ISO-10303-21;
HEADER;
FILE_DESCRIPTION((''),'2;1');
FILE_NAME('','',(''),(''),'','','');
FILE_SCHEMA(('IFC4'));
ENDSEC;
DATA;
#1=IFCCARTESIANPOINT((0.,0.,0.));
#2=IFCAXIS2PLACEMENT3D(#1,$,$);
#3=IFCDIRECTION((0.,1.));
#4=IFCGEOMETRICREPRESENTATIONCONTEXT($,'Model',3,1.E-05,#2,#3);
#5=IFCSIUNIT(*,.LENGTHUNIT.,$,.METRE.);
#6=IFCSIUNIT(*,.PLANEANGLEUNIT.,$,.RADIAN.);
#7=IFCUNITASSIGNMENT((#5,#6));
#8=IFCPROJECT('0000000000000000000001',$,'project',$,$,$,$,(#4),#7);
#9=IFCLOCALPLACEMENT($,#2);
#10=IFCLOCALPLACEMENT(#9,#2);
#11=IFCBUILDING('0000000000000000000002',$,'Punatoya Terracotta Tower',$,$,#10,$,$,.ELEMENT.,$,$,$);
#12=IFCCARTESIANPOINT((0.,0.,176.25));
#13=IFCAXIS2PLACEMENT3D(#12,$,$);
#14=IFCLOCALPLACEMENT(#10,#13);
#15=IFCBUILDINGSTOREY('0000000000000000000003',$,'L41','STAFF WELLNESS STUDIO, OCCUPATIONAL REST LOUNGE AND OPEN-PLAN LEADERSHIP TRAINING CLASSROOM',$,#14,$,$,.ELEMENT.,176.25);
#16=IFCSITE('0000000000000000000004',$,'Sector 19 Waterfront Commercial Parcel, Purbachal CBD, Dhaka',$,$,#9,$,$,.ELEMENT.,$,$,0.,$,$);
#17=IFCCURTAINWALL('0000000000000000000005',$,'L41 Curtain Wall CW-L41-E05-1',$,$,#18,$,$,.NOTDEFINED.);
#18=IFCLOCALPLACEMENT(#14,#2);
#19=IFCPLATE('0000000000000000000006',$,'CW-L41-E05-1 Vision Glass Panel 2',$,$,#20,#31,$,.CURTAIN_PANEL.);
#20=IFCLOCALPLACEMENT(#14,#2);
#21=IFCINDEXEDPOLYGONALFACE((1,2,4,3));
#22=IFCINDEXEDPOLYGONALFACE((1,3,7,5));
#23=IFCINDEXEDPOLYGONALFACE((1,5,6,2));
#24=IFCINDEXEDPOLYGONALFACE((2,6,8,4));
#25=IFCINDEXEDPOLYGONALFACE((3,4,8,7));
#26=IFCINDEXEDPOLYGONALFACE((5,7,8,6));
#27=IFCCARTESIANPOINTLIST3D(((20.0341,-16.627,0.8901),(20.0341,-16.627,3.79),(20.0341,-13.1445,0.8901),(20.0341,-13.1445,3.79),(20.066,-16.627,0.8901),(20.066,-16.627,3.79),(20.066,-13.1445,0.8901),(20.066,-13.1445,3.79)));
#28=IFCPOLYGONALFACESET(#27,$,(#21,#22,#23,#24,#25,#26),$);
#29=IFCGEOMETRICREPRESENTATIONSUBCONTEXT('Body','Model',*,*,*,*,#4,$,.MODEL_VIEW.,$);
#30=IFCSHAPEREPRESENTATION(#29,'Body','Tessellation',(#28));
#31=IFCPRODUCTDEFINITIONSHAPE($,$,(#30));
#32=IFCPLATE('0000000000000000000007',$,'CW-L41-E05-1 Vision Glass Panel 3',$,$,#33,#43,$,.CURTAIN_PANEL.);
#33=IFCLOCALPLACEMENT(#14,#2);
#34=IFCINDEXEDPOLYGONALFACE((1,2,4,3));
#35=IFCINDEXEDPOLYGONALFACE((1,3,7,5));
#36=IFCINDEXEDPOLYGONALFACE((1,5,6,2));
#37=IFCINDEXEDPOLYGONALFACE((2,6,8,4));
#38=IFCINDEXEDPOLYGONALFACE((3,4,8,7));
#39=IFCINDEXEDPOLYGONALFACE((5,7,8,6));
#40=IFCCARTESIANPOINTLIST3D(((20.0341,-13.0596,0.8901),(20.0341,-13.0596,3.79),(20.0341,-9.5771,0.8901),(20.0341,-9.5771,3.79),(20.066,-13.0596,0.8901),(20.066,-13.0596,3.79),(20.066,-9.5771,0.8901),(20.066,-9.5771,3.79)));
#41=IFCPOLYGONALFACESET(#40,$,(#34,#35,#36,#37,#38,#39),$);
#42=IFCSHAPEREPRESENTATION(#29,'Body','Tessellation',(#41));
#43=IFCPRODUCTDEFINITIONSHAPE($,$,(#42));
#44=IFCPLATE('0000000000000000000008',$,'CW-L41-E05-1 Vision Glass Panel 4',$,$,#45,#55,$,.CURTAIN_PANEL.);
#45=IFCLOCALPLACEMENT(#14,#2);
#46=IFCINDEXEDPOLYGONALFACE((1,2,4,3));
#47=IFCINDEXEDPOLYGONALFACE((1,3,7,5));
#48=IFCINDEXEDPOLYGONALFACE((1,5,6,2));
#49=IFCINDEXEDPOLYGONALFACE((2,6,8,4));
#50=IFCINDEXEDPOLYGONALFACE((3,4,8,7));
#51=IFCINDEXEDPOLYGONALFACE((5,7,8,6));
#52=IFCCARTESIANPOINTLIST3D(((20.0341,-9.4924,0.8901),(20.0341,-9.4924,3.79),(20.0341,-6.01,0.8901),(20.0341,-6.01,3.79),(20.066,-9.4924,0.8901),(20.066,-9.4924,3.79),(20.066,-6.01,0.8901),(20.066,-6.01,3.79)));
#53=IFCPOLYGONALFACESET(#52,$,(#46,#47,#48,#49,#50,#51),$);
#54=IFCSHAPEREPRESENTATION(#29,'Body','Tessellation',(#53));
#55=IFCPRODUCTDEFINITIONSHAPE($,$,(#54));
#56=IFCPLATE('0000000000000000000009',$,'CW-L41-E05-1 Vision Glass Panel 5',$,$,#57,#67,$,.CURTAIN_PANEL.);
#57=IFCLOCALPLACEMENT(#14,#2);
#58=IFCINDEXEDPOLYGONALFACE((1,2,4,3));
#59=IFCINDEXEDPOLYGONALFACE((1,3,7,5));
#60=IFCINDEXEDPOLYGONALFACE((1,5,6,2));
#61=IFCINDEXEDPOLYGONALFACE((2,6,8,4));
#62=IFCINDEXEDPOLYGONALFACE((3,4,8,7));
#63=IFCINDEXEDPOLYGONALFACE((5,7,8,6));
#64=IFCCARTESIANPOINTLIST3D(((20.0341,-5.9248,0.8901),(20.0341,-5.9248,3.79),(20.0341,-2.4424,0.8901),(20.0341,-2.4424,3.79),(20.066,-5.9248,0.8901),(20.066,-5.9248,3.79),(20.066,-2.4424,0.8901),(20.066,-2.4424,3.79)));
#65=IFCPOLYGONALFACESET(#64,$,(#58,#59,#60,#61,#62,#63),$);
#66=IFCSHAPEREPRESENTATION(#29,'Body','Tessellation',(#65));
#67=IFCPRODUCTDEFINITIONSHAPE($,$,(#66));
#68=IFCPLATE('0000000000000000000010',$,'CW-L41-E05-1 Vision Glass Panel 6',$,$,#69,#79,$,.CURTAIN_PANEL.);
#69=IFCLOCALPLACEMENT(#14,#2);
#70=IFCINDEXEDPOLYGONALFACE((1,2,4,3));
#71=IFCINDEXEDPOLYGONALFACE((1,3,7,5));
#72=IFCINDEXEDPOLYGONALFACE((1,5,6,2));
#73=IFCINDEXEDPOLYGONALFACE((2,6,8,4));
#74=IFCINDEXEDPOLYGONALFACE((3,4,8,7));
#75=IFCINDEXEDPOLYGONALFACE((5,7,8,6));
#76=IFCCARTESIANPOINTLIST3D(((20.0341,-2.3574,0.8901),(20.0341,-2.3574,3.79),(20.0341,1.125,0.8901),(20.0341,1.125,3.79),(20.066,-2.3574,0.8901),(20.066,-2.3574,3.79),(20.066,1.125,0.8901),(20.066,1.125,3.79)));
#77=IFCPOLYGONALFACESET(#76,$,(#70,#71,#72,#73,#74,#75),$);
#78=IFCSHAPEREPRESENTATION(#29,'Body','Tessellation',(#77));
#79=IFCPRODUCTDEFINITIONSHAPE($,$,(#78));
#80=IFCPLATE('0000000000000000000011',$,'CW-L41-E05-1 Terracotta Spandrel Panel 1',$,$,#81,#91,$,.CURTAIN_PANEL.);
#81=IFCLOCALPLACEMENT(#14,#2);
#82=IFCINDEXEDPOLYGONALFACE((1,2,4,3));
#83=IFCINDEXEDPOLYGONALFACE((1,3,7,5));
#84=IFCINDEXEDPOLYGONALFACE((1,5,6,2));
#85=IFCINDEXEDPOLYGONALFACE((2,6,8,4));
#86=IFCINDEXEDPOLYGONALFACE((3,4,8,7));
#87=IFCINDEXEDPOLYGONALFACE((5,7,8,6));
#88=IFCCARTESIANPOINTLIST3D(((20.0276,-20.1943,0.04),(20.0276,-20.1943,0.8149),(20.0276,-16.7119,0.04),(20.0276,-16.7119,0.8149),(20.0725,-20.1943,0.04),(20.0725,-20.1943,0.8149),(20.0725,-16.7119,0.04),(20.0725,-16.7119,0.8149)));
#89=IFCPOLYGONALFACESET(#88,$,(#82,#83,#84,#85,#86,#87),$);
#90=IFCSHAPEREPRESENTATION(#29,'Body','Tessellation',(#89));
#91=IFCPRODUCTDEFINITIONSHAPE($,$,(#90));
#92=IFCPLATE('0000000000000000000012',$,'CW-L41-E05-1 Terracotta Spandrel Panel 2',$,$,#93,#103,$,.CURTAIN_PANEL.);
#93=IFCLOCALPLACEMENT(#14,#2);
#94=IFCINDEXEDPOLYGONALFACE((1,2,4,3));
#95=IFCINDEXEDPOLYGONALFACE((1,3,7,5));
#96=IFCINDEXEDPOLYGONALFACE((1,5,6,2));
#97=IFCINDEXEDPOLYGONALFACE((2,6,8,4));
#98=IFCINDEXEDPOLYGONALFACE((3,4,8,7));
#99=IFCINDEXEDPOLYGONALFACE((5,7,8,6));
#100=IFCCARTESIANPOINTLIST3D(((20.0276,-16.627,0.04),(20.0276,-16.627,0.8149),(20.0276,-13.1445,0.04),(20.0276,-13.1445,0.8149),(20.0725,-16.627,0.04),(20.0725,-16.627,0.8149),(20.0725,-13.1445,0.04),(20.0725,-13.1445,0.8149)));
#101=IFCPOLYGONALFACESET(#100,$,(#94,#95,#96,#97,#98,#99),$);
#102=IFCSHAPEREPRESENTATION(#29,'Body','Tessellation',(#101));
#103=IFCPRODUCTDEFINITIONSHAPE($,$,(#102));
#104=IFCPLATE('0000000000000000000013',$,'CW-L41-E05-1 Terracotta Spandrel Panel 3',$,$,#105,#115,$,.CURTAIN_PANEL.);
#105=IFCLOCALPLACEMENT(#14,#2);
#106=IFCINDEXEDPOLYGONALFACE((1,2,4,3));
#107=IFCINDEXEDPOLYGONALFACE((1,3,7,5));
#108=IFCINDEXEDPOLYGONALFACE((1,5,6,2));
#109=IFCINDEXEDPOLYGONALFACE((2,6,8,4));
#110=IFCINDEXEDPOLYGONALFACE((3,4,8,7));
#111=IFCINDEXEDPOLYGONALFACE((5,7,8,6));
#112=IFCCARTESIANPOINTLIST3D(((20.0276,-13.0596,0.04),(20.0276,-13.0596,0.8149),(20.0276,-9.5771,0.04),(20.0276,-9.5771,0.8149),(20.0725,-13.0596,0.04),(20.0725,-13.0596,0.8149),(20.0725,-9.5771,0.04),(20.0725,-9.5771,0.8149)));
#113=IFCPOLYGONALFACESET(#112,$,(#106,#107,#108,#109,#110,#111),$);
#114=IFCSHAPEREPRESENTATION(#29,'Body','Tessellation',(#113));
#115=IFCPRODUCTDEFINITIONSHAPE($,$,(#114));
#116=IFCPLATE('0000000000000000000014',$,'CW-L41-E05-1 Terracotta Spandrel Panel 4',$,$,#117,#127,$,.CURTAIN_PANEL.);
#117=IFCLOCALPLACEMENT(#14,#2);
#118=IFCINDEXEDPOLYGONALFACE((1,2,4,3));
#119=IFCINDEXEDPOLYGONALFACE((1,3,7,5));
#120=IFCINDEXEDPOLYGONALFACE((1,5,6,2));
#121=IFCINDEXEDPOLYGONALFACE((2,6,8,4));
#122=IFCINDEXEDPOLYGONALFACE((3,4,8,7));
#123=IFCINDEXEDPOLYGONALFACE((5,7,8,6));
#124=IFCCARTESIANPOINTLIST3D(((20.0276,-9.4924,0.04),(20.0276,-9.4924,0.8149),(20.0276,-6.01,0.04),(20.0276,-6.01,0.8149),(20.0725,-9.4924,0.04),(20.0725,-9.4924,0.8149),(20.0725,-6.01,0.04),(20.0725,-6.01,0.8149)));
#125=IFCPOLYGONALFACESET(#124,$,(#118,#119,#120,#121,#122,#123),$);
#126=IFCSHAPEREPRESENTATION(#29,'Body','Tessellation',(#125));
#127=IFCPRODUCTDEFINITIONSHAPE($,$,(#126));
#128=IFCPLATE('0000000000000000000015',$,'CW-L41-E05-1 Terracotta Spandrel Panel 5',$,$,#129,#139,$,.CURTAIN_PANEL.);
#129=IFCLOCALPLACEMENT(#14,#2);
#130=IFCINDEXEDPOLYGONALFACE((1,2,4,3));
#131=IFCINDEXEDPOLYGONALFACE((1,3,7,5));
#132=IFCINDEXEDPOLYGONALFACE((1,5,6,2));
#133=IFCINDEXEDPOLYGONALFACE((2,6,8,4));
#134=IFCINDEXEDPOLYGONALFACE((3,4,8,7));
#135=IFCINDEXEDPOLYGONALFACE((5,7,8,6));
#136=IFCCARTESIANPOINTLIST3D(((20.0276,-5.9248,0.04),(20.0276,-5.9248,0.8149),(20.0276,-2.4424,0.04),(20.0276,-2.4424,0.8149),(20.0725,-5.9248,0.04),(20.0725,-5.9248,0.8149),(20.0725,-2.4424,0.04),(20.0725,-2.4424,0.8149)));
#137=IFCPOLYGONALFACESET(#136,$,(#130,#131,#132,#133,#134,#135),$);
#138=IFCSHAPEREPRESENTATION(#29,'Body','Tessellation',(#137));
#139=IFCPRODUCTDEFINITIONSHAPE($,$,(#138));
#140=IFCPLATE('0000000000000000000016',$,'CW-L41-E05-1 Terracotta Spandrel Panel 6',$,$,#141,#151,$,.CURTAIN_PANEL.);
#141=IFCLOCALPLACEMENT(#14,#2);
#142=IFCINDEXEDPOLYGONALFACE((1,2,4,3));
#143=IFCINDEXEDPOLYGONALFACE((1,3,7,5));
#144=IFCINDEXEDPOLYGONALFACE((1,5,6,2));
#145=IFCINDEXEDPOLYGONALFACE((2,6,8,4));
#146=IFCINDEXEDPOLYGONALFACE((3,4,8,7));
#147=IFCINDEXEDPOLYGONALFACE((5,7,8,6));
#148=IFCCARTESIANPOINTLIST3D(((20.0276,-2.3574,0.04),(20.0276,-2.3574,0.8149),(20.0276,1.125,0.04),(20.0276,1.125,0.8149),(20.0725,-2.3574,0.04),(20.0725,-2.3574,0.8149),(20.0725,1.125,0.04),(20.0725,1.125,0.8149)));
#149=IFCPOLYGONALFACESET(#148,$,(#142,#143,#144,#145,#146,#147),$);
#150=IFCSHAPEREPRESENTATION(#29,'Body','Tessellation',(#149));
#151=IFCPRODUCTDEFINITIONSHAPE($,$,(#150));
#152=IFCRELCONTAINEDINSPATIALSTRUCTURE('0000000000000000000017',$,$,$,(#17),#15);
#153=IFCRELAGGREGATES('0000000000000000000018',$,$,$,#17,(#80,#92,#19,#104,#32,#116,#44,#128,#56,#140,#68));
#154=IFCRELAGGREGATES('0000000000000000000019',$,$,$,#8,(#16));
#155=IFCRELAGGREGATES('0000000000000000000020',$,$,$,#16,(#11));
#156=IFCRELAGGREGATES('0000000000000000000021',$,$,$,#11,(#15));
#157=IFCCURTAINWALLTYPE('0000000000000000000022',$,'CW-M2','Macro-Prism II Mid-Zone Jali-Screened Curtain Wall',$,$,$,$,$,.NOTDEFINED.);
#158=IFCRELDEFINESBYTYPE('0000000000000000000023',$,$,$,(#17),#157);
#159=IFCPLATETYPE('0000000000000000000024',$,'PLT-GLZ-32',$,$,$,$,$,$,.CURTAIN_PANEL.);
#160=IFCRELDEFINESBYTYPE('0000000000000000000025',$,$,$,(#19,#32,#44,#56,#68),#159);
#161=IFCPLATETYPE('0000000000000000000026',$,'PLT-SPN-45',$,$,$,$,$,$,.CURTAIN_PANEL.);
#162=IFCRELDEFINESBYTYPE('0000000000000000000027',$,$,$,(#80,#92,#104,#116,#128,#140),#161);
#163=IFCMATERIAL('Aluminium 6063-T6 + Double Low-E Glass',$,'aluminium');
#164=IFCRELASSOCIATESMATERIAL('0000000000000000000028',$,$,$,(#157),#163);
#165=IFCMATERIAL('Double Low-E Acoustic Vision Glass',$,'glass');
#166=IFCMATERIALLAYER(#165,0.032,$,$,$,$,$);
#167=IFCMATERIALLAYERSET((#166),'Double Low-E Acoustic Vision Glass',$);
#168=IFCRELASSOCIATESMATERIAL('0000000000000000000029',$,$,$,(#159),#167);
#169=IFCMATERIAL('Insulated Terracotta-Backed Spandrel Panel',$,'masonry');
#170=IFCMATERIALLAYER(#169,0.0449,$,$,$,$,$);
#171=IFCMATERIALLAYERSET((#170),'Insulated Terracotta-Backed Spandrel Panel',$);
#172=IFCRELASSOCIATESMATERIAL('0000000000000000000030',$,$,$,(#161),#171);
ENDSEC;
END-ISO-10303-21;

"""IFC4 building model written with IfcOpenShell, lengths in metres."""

from ifc_helpers import new_model, si_unit, direction, frame, origin, origin_2d, place, context, subcontext, project, spatial, rectangle, extrude, material, layer, layer_set, type_object, element, aggregate, save


model = new_model("IFC4")

# Units and contexts
model_context = context("Model", 3, precision=1e-05, world=origin(), true_north=direction((0.0, 1.0)))
body_context = subcontext(model_context, "Body", "Model", "MODEL_VIEW")
ifc_project = project(units=[si_unit("LENGTHUNIT", "METRE"), si_unit("PLANEANGLEUNIT", "RADIAN")], contexts=[model_context])

# Site, building, storey
site_placement = place(None, origin())
site = spatial("IfcSite", under=ifc_project, at=site_placement, Name="Sector 19 Waterfront Commercial Parcel, Purbachal CBD, Dhaka", CompositionType="ELEMENT", RefElevation=0.0)
building_placement = place(site_placement, origin())
building = spatial("IfcBuilding", under=site, at=building_placement, Name="Punatoya Terracotta Tower", CompositionType="ELEMENT")
storey_placement = place(building_placement, frame((0.0, 0.0, 176.25)))
storey = spatial("IfcBuildingStorey", under=building, at=storey_placement, Name="L41", Description="STAFF WELLNESS STUDIO, OCCUPATIONAL REST LOUNGE AND OPEN-PLAN LEADERSHIP TRAINING CLASSROOM", CompositionType="ELEMENT", Elevation=176.25)

# Shared definitions
ifc_material_1 = material(Name="Aluminium 6063-T6 + Double Low-E Glass", Category="aluminium")
curtain_wall_type = type_object("IfcCurtainWallType", Name="CW-M2", Description="Macro-Prism II Mid-Zone Jali-Screened Curtain Wall", PredefinedType="NOTDEFINED", material=ifc_material_1)

# Curtain wall, plates
curtain_wall_1_placement = place(storey_placement, origin())
curtain_wall_1 = element("IfcCurtainWall", 1, at=curtain_wall_1_placement, inside=storey, type_object=curtain_wall_type, Name="L41 Curtain Wall CW-L41-E05-1", PredefinedType="NOTDEFINED")
ifc_material_2 = material(Name="Double Low-E Acoustic Vision Glass", Category="glass")
ifc_layer_1 = layer(ifc_material_2, 0.032)
ifc_layer_set_1 = layer_set([ifc_layer_1], Name="Double Low-E Acoustic Vision Glass")
plate_type_1 = type_object("IfcPlateType", Name="PLT-GLZ-32", PredefinedType="CURTAIN_PANEL", material=ifc_layer_set_1)
plate_1_placement = place(storey_placement, frame((20.05, -14.8857, 0.8901), z_axis=(0.0, 0.0, 1.0), x_axis=(0.0, 1.0, 0.0)))
plate_1 = element("IfcPlate", 2, at=plate_1_placement, type_object=plate_type_1, Name="CW-L41-E05-1 Vision Glass Panel 2", PredefinedType="CURTAIN_PANEL", context=body_context, shape_type="SweptSolid", body=[
    extrude(rectangle(XDim=3.4824, YDim=0.032, at=origin_2d()), origin(), (0.0, 0.0, 1.0), 2.8999),
])
plate_2_placement = place(storey_placement, frame((20.05, -11.3184, 0.8901), z_axis=(0.0, 0.0, 1.0), x_axis=(0.0, 1.0, 0.0)))
plate_2 = element("IfcPlate", 3, at=plate_2_placement, type_object=plate_type_1, Name="CW-L41-E05-1 Vision Glass Panel 3", PredefinedType="CURTAIN_PANEL", context=body_context, shape_type="SweptSolid", body=[
    extrude(rectangle(XDim=3.4824, YDim=0.032, at=origin_2d()), origin(), (0.0, 0.0, 1.0), 2.8999),
])
plate_3_placement = place(storey_placement, frame((20.05, -7.7512, 0.8901), z_axis=(0.0, 0.0, 1.0), x_axis=(0.0, 1.0, 0.0)))
plate_3 = element("IfcPlate", 4, at=plate_3_placement, type_object=plate_type_1, Name="CW-L41-E05-1 Vision Glass Panel 4", PredefinedType="CURTAIN_PANEL", context=body_context, shape_type="SweptSolid", body=[
    extrude(rectangle(XDim=3.4824, YDim=0.032, at=origin_2d()), origin(), (0.0, 0.0, 1.0), 2.8999),
])
plate_4_placement = place(storey_placement, frame((20.05, -4.1836, 0.8901), z_axis=(0.0, 0.0, 1.0), x_axis=(0.0, 1.0, 0.0)))
plate_4 = element("IfcPlate", 5, at=plate_4_placement, type_object=plate_type_1, Name="CW-L41-E05-1 Vision Glass Panel 5", PredefinedType="CURTAIN_PANEL", context=body_context, shape_type="SweptSolid", body=[
    extrude(rectangle(XDim=3.4824, YDim=0.032, at=origin_2d()), origin(), (0.0, 0.0, 1.0), 2.8999),
])
plate_5_placement = place(storey_placement, frame((20.05, -0.6162, 0.8901), z_axis=(0.0, 0.0, 1.0), x_axis=(0.0, 1.0, 0.0)))
plate_5 = element("IfcPlate", 6, at=plate_5_placement, type_object=plate_type_1, Name="CW-L41-E05-1 Vision Glass Panel 6", PredefinedType="CURTAIN_PANEL", context=body_context, shape_type="SweptSolid", body=[
    extrude(rectangle(XDim=3.4824, YDim=0.032, at=origin_2d()), origin(), (0.0, 0.0, 1.0), 2.8999),
])
ifc_material_3 = material(Name="Insulated Terracotta-Backed Spandrel Panel", Category="masonry")
ifc_layer_2 = layer(ifc_material_3, 0.0449)
ifc_layer_set_2 = layer_set([ifc_layer_2], Name="Insulated Terracotta-Backed Spandrel Panel")
plate_type_2 = type_object("IfcPlateType", Name="PLT-SPN-45", PredefinedType="CURTAIN_PANEL", material=ifc_layer_set_2)
plate_6_placement = place(storey_placement, frame((20.05, -18.4531, 0.04), z_axis=(0.0, 0.0, 1.0), x_axis=(0.0, 1.0, 0.0)))
plate_6 = element("IfcPlate", 7, at=plate_6_placement, type_object=plate_type_2, Name="CW-L41-E05-1 Terracotta Spandrel Panel 1", PredefinedType="CURTAIN_PANEL", context=body_context, shape_type="SweptSolid", body=[
    extrude(rectangle(XDim=3.4824, YDim=0.0449, at=origin_2d()), origin(), (0.0, 0.0, 1.0), 0.7749),
])
plate_7_placement = place(storey_placement, frame((20.05, -14.8857, 0.04), z_axis=(0.0, 0.0, 1.0), x_axis=(0.0, 1.0, 0.0)))
plate_7 = element("IfcPlate", 8, at=plate_7_placement, type_object=plate_type_2, Name="CW-L41-E05-1 Terracotta Spandrel Panel 2", PredefinedType="CURTAIN_PANEL", context=body_context, shape_type="SweptSolid", body=[
    extrude(rectangle(XDim=3.4824, YDim=0.0449, at=origin_2d()), origin(), (0.0, 0.0, 1.0), 0.7749),
])
plate_8_placement = place(storey_placement, frame((20.05, -11.3184, 0.04), z_axis=(0.0, 0.0, 1.0), x_axis=(0.0, 1.0, 0.0)))
plate_8 = element("IfcPlate", 9, at=plate_8_placement, type_object=plate_type_2, Name="CW-L41-E05-1 Terracotta Spandrel Panel 3", PredefinedType="CURTAIN_PANEL", context=body_context, shape_type="SweptSolid", body=[
    extrude(rectangle(XDim=3.4824, YDim=0.0449, at=origin_2d()), origin(), (0.0, 0.0, 1.0), 0.7749),
])
plate_9_placement = place(storey_placement, frame((20.05, -7.7512, 0.04), z_axis=(0.0, 0.0, 1.0), x_axis=(0.0, 1.0, 0.0)))
plate_9 = element("IfcPlate", 10, at=plate_9_placement, type_object=plate_type_2, Name="CW-L41-E05-1 Terracotta Spandrel Panel 4", PredefinedType="CURTAIN_PANEL", context=body_context, shape_type="SweptSolid", body=[
    extrude(rectangle(XDim=3.4824, YDim=0.0449, at=origin_2d()), origin(), (0.0, 0.0, 1.0), 0.7749),
])
plate_10_placement = place(storey_placement, frame((20.05, -4.1836, 0.04), z_axis=(0.0, 0.0, 1.0), x_axis=(0.0, 1.0, 0.0)))
plate_10 = element("IfcPlate", 11, at=plate_10_placement, type_object=plate_type_2, Name="CW-L41-E05-1 Terracotta Spandrel Panel 5", PredefinedType="CURTAIN_PANEL", context=body_context, shape_type="SweptSolid", body=[
    extrude(rectangle(XDim=3.4824, YDim=0.0449, at=origin_2d()), origin(), (0.0, 0.0, 1.0), 0.7749),
])
plate_11_placement = place(storey_placement, frame((20.05, -0.6162, 0.04), z_axis=(0.0, 0.0, 1.0), x_axis=(0.0, 1.0, 0.0)))
plate_11 = element("IfcPlate", 12, at=plate_11_placement, type_object=plate_type_2, Name="CW-L41-E05-1 Terracotta Spandrel Panel 6", PredefinedType="CURTAIN_PANEL", context=body_context, shape_type="SweptSolid", body=[
    extrude(rectangle(XDim=3.4824, YDim=0.0449, at=origin_2d()), origin(), (0.0, 0.0, 1.0), 0.7749),
])
aggregate(curtain_wall_1, [plate_6, plate_7, plate_1, plate_8, plate_2, plate_9, plate_3, plate_10, plate_4, plate_11, plate_5])

save(model, "model.ifc")
